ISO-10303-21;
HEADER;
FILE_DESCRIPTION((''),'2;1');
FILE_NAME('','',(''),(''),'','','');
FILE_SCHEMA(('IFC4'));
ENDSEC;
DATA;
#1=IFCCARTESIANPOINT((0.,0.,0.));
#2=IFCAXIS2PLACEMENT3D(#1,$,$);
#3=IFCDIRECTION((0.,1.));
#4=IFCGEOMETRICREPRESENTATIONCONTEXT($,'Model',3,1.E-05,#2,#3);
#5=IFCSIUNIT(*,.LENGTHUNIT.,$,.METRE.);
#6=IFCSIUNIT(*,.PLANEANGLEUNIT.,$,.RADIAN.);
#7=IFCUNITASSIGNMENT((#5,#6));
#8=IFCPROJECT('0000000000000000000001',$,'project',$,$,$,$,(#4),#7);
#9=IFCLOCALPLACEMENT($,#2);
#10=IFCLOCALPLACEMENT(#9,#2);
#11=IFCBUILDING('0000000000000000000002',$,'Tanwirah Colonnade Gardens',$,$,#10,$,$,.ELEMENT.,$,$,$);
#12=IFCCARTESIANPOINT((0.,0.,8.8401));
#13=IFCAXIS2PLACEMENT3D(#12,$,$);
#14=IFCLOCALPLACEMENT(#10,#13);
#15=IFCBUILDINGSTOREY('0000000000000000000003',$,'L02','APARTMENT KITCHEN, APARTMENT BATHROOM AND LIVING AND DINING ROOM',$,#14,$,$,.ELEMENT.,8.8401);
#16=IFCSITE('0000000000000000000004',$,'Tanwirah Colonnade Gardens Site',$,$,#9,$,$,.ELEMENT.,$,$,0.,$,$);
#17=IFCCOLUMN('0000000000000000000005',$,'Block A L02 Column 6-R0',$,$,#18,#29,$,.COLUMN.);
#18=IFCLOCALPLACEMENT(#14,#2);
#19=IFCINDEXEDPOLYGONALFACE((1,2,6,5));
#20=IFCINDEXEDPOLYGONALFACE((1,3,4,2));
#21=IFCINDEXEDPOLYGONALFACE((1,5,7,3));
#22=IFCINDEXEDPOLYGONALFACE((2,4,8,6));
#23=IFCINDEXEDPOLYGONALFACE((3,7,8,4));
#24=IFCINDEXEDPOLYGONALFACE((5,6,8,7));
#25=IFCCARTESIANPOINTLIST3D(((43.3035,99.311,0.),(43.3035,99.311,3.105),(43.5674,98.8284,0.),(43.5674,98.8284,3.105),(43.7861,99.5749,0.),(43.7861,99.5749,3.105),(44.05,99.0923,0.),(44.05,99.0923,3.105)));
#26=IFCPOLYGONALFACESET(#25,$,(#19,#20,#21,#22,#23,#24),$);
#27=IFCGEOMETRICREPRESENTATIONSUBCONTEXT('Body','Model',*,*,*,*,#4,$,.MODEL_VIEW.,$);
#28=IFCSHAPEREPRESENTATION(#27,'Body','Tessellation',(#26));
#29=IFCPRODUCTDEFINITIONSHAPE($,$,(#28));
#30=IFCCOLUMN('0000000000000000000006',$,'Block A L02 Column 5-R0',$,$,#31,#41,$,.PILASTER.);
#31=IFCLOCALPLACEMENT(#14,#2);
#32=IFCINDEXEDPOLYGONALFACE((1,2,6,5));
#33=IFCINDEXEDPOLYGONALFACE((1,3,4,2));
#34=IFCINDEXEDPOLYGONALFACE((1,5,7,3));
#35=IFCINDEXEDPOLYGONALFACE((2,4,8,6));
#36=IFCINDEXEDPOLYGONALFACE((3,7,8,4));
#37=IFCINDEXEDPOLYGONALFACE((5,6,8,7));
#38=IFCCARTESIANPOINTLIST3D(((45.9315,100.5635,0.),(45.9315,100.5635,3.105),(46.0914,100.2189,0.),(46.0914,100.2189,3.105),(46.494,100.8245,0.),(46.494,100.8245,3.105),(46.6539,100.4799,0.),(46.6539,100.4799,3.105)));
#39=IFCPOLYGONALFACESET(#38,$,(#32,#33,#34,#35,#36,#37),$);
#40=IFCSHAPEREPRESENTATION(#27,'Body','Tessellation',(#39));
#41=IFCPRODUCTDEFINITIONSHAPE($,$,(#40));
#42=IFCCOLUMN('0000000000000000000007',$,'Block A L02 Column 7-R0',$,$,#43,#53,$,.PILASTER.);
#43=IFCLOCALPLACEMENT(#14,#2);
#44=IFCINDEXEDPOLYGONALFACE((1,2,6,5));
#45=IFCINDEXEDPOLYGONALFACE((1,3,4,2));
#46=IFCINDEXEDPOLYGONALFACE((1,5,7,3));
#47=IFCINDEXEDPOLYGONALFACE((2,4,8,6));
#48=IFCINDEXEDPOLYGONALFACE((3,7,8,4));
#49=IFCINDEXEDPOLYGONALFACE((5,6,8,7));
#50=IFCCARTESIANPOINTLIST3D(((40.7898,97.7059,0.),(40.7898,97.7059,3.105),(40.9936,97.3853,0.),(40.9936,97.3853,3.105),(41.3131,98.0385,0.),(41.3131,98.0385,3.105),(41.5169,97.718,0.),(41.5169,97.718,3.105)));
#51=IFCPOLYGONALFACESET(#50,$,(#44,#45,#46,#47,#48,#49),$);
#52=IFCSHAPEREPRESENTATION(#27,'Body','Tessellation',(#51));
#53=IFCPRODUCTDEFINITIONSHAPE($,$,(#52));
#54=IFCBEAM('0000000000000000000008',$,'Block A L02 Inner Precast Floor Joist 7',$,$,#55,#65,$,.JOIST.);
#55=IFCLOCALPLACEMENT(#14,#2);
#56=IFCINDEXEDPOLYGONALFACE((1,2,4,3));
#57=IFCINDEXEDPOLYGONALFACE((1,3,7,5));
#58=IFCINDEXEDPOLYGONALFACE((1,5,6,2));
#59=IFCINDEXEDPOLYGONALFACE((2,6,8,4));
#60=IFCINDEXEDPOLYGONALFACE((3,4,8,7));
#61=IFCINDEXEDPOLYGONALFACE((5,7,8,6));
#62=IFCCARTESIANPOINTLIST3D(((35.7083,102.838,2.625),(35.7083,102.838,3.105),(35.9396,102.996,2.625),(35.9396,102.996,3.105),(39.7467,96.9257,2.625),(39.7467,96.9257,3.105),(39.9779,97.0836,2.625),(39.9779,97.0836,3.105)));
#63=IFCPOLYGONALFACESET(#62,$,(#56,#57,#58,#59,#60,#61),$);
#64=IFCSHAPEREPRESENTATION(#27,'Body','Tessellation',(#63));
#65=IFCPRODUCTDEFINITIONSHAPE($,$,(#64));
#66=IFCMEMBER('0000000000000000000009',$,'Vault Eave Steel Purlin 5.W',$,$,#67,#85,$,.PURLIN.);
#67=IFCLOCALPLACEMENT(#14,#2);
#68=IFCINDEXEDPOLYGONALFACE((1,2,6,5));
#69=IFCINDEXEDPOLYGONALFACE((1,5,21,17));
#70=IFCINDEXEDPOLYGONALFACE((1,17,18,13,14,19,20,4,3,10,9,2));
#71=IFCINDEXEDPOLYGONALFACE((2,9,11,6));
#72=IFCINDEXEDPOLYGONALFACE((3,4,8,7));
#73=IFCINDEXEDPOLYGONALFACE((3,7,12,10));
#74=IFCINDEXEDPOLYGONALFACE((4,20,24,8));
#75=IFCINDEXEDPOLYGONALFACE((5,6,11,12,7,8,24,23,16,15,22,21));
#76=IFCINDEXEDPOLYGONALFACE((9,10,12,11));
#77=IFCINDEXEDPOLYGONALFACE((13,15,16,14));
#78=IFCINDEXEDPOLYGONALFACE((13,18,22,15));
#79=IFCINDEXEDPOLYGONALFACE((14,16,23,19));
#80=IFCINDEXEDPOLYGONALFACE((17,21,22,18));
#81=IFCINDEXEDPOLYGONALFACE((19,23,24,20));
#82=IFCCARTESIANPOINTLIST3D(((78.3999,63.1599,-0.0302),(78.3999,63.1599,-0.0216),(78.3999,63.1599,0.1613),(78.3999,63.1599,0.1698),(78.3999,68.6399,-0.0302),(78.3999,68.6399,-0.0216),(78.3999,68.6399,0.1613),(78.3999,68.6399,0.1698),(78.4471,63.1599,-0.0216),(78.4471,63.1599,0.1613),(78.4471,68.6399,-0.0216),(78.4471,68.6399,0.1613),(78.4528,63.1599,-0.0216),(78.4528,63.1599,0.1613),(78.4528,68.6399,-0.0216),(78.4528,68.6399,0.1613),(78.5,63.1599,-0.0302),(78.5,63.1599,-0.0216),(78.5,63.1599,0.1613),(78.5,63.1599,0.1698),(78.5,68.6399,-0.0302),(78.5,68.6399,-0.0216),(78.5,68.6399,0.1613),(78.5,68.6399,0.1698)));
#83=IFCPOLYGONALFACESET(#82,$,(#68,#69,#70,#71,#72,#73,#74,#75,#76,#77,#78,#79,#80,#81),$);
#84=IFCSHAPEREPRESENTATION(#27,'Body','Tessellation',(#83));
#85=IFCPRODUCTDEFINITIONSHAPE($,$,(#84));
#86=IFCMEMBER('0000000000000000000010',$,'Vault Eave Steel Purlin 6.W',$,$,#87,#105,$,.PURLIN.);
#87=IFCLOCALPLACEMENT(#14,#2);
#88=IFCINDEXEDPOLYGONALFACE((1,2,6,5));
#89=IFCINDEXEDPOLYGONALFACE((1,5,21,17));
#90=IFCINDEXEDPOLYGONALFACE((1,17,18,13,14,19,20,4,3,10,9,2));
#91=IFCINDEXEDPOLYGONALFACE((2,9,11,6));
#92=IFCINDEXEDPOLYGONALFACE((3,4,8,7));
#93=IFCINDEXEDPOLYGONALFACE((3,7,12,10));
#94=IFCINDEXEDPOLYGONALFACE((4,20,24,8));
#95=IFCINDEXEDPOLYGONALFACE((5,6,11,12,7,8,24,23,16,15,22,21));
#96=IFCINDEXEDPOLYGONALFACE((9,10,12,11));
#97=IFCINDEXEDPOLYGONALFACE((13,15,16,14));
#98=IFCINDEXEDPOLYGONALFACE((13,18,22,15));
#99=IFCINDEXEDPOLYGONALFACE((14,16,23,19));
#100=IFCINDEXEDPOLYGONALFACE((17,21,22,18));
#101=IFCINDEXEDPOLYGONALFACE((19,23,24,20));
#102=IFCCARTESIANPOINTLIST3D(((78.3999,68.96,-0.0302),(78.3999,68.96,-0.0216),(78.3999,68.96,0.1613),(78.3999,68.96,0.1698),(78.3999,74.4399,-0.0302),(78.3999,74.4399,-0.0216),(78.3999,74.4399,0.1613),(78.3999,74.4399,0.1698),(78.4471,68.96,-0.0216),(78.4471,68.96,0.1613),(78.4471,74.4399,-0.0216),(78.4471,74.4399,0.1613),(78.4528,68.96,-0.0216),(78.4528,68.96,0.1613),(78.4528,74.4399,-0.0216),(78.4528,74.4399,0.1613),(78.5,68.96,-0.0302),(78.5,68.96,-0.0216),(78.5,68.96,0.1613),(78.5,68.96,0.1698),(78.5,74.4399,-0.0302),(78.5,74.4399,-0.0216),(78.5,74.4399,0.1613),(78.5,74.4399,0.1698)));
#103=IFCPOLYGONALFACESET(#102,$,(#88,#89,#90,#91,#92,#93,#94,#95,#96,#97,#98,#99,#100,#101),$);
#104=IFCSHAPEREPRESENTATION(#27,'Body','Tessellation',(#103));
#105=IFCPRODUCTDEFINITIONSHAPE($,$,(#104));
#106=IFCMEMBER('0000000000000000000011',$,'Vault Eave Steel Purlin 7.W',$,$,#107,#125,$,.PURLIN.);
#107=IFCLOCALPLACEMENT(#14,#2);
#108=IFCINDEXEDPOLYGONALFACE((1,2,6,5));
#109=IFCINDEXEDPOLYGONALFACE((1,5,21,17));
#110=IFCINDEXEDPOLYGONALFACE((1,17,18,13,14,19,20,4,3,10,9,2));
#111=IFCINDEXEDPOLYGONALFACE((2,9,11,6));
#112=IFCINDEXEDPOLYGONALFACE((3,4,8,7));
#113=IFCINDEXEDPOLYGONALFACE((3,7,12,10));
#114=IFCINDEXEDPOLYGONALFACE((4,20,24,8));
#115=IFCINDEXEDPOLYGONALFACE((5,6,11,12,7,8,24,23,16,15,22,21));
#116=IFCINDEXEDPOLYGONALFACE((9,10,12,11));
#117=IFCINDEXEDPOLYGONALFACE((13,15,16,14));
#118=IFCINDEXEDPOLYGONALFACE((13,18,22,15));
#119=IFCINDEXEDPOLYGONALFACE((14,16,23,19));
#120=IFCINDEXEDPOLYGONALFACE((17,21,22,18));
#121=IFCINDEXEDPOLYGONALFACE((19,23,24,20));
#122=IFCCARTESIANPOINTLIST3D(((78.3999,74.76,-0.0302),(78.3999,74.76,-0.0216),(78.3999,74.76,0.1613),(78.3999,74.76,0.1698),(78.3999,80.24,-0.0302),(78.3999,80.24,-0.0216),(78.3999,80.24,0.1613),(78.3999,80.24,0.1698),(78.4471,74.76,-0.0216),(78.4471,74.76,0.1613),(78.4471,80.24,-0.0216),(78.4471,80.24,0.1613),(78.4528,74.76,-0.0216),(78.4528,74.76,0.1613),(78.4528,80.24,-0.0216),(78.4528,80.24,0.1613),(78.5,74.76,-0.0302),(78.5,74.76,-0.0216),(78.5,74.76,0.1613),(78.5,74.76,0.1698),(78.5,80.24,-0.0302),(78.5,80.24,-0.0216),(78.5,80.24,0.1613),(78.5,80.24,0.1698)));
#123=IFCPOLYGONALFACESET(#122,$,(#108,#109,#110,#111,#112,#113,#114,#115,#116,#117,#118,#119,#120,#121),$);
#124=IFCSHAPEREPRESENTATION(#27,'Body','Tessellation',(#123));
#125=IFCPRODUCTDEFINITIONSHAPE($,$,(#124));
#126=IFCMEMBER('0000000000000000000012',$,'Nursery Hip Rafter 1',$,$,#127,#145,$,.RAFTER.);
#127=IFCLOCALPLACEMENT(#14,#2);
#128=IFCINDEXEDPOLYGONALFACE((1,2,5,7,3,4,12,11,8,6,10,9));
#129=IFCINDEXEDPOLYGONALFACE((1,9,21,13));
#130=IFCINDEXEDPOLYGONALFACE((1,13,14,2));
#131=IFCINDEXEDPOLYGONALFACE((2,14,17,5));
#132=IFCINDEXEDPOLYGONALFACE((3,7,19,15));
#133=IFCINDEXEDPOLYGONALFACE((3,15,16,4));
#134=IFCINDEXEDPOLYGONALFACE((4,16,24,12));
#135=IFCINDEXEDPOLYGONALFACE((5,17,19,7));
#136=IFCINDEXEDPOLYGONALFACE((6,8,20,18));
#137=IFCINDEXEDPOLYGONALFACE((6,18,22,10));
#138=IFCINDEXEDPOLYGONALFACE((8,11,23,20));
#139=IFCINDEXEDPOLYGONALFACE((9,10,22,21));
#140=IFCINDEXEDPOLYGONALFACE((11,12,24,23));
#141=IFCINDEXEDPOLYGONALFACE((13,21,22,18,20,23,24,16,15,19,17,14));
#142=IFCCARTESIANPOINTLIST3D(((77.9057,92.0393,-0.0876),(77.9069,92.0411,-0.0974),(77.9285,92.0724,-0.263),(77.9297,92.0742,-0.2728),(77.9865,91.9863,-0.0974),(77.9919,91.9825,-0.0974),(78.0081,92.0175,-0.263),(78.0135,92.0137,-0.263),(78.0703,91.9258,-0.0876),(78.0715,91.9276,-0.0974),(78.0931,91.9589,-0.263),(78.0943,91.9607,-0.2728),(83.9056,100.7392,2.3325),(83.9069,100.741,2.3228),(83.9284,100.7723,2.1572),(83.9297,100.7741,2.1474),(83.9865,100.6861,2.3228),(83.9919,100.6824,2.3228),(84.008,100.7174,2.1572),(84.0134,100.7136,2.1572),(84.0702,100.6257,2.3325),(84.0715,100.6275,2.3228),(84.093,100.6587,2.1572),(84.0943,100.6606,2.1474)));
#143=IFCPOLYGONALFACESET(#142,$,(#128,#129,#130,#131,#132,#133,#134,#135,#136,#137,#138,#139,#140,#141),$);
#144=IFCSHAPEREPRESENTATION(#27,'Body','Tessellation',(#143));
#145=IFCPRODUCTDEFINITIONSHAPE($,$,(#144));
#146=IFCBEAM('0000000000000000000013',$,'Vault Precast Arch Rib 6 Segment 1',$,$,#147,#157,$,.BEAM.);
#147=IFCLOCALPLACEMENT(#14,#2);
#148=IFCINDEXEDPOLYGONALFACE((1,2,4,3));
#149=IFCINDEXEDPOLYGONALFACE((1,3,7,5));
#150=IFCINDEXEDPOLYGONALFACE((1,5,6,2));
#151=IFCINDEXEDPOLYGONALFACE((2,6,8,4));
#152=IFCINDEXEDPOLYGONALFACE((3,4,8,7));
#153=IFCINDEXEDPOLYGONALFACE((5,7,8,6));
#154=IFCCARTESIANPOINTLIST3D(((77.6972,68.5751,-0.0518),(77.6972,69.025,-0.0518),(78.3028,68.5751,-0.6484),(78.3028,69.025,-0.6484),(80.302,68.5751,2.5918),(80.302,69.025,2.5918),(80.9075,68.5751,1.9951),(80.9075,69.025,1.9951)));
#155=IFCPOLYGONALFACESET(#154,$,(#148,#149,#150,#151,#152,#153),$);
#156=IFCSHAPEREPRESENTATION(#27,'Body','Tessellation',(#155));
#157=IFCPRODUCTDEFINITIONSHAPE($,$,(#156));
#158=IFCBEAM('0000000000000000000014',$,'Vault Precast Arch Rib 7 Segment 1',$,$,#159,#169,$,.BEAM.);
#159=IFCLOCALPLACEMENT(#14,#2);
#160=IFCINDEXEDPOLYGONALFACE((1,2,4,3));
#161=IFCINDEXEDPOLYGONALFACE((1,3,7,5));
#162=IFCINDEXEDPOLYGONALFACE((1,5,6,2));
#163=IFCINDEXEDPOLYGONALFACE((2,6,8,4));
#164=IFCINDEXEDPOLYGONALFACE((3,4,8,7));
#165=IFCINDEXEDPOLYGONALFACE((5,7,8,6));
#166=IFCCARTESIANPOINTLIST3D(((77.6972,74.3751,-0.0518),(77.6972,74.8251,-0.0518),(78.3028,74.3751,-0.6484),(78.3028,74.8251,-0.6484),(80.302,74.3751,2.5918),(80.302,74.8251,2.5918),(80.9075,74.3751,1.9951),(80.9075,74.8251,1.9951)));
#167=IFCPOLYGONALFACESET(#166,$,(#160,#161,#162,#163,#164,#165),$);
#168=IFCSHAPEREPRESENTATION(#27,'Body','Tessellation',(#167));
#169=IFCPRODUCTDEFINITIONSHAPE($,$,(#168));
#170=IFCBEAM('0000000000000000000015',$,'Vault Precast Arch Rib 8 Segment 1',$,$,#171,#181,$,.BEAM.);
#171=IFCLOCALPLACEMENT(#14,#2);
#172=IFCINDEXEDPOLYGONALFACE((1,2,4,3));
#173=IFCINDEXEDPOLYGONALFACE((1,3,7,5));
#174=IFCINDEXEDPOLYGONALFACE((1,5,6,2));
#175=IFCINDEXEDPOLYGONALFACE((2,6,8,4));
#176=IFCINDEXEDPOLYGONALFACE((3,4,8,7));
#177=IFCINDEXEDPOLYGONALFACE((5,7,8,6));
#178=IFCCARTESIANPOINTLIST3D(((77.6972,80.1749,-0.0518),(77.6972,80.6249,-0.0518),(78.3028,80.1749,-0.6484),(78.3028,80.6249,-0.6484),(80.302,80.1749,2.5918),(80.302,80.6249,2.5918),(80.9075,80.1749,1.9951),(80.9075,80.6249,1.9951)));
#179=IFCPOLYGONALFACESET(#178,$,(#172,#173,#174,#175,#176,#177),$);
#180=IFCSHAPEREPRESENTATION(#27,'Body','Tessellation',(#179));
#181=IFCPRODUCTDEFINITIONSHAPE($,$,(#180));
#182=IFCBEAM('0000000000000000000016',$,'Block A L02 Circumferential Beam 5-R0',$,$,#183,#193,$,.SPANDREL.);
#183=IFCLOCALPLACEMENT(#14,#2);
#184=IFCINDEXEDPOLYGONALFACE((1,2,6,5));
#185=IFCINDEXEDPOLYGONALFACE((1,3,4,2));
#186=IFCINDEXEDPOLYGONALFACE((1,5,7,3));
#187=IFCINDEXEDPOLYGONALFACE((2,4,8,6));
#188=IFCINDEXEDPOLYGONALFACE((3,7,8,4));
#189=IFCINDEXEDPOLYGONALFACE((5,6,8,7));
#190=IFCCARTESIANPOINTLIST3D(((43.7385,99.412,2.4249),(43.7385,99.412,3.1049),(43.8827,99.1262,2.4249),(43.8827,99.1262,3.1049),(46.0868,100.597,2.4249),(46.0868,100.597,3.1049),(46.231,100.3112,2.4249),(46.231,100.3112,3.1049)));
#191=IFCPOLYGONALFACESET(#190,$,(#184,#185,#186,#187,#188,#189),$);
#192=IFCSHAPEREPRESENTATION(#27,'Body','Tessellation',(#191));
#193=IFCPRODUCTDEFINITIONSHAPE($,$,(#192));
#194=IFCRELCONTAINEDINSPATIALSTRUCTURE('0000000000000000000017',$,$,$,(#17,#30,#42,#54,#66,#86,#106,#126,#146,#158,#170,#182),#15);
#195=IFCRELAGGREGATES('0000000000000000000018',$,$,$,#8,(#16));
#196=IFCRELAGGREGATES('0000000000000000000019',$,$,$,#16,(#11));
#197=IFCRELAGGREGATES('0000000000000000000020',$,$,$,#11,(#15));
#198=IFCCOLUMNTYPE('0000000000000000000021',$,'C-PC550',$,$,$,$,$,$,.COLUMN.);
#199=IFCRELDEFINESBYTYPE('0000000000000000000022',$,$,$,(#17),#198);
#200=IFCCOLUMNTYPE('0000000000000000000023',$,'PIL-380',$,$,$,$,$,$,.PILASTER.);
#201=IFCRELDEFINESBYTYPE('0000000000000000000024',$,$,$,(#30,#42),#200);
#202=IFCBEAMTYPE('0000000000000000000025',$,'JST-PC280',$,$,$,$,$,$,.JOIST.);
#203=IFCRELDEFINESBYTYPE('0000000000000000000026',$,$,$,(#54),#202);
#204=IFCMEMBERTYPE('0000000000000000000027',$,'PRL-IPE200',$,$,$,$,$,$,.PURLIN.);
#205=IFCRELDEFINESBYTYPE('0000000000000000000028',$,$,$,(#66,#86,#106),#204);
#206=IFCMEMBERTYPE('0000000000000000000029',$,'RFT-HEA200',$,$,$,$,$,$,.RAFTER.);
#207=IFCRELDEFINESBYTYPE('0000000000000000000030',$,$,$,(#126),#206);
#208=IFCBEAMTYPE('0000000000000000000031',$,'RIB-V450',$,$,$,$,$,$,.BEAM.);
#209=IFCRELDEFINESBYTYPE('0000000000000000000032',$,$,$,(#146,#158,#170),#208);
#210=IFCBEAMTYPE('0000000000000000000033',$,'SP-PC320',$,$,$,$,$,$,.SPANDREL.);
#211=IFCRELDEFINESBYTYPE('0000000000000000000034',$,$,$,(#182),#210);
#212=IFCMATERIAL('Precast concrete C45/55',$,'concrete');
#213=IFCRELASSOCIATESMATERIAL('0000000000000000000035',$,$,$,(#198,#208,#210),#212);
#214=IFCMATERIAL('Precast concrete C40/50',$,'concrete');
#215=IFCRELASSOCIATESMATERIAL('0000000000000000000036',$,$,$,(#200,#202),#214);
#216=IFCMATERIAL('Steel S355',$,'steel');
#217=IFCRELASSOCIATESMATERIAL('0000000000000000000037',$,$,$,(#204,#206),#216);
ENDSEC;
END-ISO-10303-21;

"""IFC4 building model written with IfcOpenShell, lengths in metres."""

from ifc_helpers import new_model, si_unit, direction, frame, origin, origin_2d, place, context, subcontext, project, spatial, rectangle, i_section, extrude, material, material_profile, profile_set, type_object, element, save


model = new_model("IFC4")

# Units and contexts
model_context = context("Model", 3, precision=1e-05, world=origin(), true_north=direction((0.0, 1.0)))
body_context = subcontext(model_context, "Body", "Model", "MODEL_VIEW")
ifc_project = project(units=[si_unit("LENGTHUNIT", "METRE"), si_unit("PLANEANGLEUNIT", "RADIAN")], contexts=[model_context])

# Site, building, storey
site_placement = place(None, origin())
site = spatial("IfcSite", under=ifc_project, at=site_placement, Name="Tanwirah Colonnade Gardens Site", CompositionType="ELEMENT", RefElevation=0.0)
building_placement = place(site_placement, origin())
building = spatial("IfcBuilding", under=site, at=building_placement, Name="Tanwirah Colonnade Gardens", CompositionType="ELEMENT")
storey_placement = place(building_placement, frame((0.0, 0.0, 8.8401)))
storey = spatial("IfcBuildingStorey", under=building, at=storey_placement, Name="L02", Description="APARTMENT KITCHEN, APARTMENT BATHROOM AND LIVING AND DINING ROOM", CompositionType="ELEMENT", Elevation=8.8401)

# Columns
ifc_material_1 = material(Name="Precast concrete C45/55", Category="concrete")
ifc_material_profile_1 = material_profile(ifc_material_1, rectangle(XDim=0.55, YDim=0.55, at=origin_2d()), Name="PC-COL 550x550")
ifc_profile_set_1 = profile_set([ifc_material_profile_1], Name="Precast concrete C45/55")
column_type_1 = type_object("IfcColumnType", Name="C-PC550", PredefinedType="COLUMN", material=ifc_profile_set_1)
column_placement = place(storey_placement, frame((43.6768, 99.2017, 0.0), z_axis=(0.0, 0.0, 1.0), x_axis=(-0.479713, 0.877425, 0.0)))
element("IfcColumn", 1, at=column_placement, inside=storey, type_object=column_type_1, Name="Block A L02 Column 6-R0", PredefinedType="COLUMN", context=body_context, shape_type="SweptSolid", body=[
    extrude(rectangle(XDim=0.55, YDim=0.55, at=origin_2d()), origin(), (0.0, 0.0, 1.0), 3.105),
])
ifc_material_2 = material(Name="Precast concrete C40/50", Category="concrete")
ifc_material_profile_2 = material_profile(ifc_material_2, rectangle(XDim=0.3799, YDim=0.6201, at=origin_2d()), Name="PC-PIL 380x620")
ifc_profile_set_2 = profile_set([ifc_material_profile_2], Name="Precast concrete C40/50")
column_type_2 = type_object("IfcColumnType", Name="PIL-380", PredefinedType="PILASTER", material=ifc_profile_set_2)
for number, where, z_axis, x_axis, name in (
    (2, (46.2927, 100.5217, 0.0), (0.0, 0.0, 1.0), (-0.42086, 0.907126, 0.0), "Block A L02 Column 5-R0"),
    (3, (41.1533, 97.7119, 0.0), (0.0, 0.0, 1.0), (-0.536482, 0.843912, 0.0), "Block A L02 Column 7-R0"),
):
    element("IfcColumn", number, at=place(storey_placement, frame(where, z_axis=z_axis, x_axis=x_axis)), inside=storey, type_object=column_type_2, Name=name, PredefinedType="PILASTER", context=body_context, shape_type="SweptSolid", body=[
        extrude(rectangle(XDim=0.3799, YDim=0.6201, at=origin_2d()), origin(), (0.0, 0.0, 1.0), 3.105),
    ])

# Beam
ifc_material_profile_3 = material_profile(ifc_material_2, rectangle(XDim=0.28, YDim=0.48, at=origin_2d()), Name="PC-JST 280x480")
ifc_profile_set_3 = profile_set([ifc_material_profile_3], Name="Precast concrete C40/50")
beam_type_1 = type_object("IfcBeamType", Name="JST-PC280", PredefinedType="JOIST", material=ifc_profile_set_3)
beam_placement = place(storey_placement, frame((39.8623, 97.0046, 2.865), z_axis=(-0.564021, 0.82576, 0.0), x_axis=(-0.82576, -0.564021, 0.0)))
element("IfcBeam", 4, at=beam_placement, inside=storey, type_object=beam_type_1, Name="Block A L02 Inner Precast Floor Joist 7", PredefinedType="JOIST", context=body_context, shape_type="SweptSolid", body=[
    extrude(rectangle(XDim=0.28, YDim=0.48, at=origin_2d()), origin(), (0.0, 0.0, 1.0), 7.1599),
])

# Members
ifc_material_3 = material(Name="Steel S355", Category="steel")
ifc_material_profile_4 = material_profile(ifc_material_3, i_section(OverallWidth=0.1001, OverallDepth=0.2, WebThickness=0.0056, FlangeThickness=0.0085, at=origin_2d()), Name="IPE 200")
ifc_profile_set_4 = profile_set([ifc_material_profile_4], Name="Steel S355")
member_type_1 = type_object("IfcMemberType", Name="PRL-IPE200", PredefinedType="PURLIN", material=ifc_profile_set_4)
for number, where, z_axis, x_axis, name in (
    (5, (78.45, 63.1599, 0.0698), (0.0, 1.0, 0.0), (-1.0, 0.0, 0.0), "Vault Eave Steel Purlin 5.W"),
    (6, (78.45, 68.96, 0.0698), (0.0, 1.0, 0.0), (-1.0, 0.0, 0.0), "Vault Eave Steel Purlin 6.W"),
    (7, (78.45, 74.76, 0.0698), (0.0, 1.0, 0.0), (-1.0, 0.0, 0.0), "Vault Eave Steel Purlin 7.W"),
):
    element("IfcMember", number, at=place(storey_placement, frame(where, z_axis=z_axis, x_axis=x_axis)), inside=storey, type_object=member_type_1, Name=name, PredefinedType="PURLIN", context=body_context, shape_type="SweptSolid", body=[
        extrude(i_section(OverallWidth=0.1001, OverallDepth=0.2, WebThickness=0.0056, FlangeThickness=0.0085, at=origin_2d()), origin(), (0.0, 0.0, 1.0), 5.48),
    ])
ifc_material_profile_5 = material_profile(ifc_material_3, i_section(OverallWidth=0.2, OverallDepth=0.1899, WebThickness=0.0066, FlangeThickness=0.01, at=origin_2d()), Name="HEA 200")
ifc_profile_set_5 = profile_set([ifc_material_profile_5], Name="Steel S355")
member_type_2 = type_object("IfcMemberType", Name="RFT-HEA200", PredefinedType="RAFTER", material=ifc_profile_set_5)
member_placement = place(storey_placement, frame((78.0, 92.0, -0.1802), z_axis=(0.55341, 0.802439, 0.223224), x_axis=(-0.823211, 0.567735, 0.0)))
element("IfcMember", 8, at=member_placement, inside=storey, type_object=member_type_2, Name="Nursery Hip Rafter 1", PredefinedType="RAFTER", context=body_context, shape_type="SweptSolid", body=[
    extrude(i_section(OverallWidth=0.2, OverallDepth=0.1899, WebThickness=0.0066, FlangeThickness=0.01, at=origin_2d()), origin(), (0.0, 0.0, 1.0), 10.8418),
])

# Beams
ifc_material_profile_6 = material_profile(ifc_material_1, rectangle(XDim=0.45, YDim=0.8501, at=origin_2d()), Name="PC-RIB 450x850")
ifc_profile_set_6 = profile_set([ifc_material_profile_6], Name="Precast concrete C45/55")
beam_type_2 = type_object("IfcBeamType", Name="RIB-V450", PredefinedType="BEAM", material=ifc_profile_set_6)
for number, where, z_axis, x_axis, name in (
    (9, (78.0, 68.8, -0.3501), (0.701858, 0.0, 0.712317), (0.0, 1.0, 0.0), "Vault Precast Arch Rib 6 Segment 1"),
    (10, (78.0, 74.6001, -0.3501), (0.701858, 0.0, 0.712317), (0.0, 1.0, 0.0), "Vault Precast Arch Rib 7 Segment 1"),
    (11, (78.0, 80.3999, -0.3501), (0.701858, 0.0, 0.712317), (0.0, 1.0, 0.0), "Vault Precast Arch Rib 8 Segment 1"),
):
    element("IfcBeam", number, at=place(storey_placement, frame(where, z_axis=z_axis, x_axis=x_axis)), inside=storey, type_object=beam_type_2, Name=name, PredefinedType="BEAM", context=body_context, shape_type="SweptSolid", body=[
        extrude(rectangle(XDim=0.45, YDim=0.8501, at=origin_2d()), origin(), (0.0, 0.0, 1.0), 3.7112),
    ])
ifc_material_profile_7 = material_profile(ifc_material_1, rectangle(XDim=0.3201, YDim=0.6799, at=origin_2d()), Name="PC-SP 320x680")
ifc_profile_set_7 = profile_set([ifc_material_profile_7], Name="Precast concrete C45/55")
beam_type_3 = type_object("IfcBeamType", Name="SP-PC320", PredefinedType="SPANDREL", material=ifc_profile_set_7)
for number, where, z_axis, x_axis, name in (
    (12, (46.1589, 100.4541, 2.7649), (-0.892769, -0.450515, 0.0), (0.450515, -0.892769, 0.0), "Block A L02 Circumferential Beam 5-R0"),
):
    element("IfcBeam", number, at=place(storey_placement, frame(where, z_axis=z_axis, x_axis=x_axis)), inside=storey, type_object=beam_type_3, Name=name, PredefinedType="SPANDREL", context=body_context, shape_type="SweptSolid", body=[
        extrude(rectangle(XDim=0.3201, YDim=0.6799, at=origin_2d()), origin(), (0.0, 0.0, 1.0), 2.6304),
    ])

save(model, "model.ifc")
